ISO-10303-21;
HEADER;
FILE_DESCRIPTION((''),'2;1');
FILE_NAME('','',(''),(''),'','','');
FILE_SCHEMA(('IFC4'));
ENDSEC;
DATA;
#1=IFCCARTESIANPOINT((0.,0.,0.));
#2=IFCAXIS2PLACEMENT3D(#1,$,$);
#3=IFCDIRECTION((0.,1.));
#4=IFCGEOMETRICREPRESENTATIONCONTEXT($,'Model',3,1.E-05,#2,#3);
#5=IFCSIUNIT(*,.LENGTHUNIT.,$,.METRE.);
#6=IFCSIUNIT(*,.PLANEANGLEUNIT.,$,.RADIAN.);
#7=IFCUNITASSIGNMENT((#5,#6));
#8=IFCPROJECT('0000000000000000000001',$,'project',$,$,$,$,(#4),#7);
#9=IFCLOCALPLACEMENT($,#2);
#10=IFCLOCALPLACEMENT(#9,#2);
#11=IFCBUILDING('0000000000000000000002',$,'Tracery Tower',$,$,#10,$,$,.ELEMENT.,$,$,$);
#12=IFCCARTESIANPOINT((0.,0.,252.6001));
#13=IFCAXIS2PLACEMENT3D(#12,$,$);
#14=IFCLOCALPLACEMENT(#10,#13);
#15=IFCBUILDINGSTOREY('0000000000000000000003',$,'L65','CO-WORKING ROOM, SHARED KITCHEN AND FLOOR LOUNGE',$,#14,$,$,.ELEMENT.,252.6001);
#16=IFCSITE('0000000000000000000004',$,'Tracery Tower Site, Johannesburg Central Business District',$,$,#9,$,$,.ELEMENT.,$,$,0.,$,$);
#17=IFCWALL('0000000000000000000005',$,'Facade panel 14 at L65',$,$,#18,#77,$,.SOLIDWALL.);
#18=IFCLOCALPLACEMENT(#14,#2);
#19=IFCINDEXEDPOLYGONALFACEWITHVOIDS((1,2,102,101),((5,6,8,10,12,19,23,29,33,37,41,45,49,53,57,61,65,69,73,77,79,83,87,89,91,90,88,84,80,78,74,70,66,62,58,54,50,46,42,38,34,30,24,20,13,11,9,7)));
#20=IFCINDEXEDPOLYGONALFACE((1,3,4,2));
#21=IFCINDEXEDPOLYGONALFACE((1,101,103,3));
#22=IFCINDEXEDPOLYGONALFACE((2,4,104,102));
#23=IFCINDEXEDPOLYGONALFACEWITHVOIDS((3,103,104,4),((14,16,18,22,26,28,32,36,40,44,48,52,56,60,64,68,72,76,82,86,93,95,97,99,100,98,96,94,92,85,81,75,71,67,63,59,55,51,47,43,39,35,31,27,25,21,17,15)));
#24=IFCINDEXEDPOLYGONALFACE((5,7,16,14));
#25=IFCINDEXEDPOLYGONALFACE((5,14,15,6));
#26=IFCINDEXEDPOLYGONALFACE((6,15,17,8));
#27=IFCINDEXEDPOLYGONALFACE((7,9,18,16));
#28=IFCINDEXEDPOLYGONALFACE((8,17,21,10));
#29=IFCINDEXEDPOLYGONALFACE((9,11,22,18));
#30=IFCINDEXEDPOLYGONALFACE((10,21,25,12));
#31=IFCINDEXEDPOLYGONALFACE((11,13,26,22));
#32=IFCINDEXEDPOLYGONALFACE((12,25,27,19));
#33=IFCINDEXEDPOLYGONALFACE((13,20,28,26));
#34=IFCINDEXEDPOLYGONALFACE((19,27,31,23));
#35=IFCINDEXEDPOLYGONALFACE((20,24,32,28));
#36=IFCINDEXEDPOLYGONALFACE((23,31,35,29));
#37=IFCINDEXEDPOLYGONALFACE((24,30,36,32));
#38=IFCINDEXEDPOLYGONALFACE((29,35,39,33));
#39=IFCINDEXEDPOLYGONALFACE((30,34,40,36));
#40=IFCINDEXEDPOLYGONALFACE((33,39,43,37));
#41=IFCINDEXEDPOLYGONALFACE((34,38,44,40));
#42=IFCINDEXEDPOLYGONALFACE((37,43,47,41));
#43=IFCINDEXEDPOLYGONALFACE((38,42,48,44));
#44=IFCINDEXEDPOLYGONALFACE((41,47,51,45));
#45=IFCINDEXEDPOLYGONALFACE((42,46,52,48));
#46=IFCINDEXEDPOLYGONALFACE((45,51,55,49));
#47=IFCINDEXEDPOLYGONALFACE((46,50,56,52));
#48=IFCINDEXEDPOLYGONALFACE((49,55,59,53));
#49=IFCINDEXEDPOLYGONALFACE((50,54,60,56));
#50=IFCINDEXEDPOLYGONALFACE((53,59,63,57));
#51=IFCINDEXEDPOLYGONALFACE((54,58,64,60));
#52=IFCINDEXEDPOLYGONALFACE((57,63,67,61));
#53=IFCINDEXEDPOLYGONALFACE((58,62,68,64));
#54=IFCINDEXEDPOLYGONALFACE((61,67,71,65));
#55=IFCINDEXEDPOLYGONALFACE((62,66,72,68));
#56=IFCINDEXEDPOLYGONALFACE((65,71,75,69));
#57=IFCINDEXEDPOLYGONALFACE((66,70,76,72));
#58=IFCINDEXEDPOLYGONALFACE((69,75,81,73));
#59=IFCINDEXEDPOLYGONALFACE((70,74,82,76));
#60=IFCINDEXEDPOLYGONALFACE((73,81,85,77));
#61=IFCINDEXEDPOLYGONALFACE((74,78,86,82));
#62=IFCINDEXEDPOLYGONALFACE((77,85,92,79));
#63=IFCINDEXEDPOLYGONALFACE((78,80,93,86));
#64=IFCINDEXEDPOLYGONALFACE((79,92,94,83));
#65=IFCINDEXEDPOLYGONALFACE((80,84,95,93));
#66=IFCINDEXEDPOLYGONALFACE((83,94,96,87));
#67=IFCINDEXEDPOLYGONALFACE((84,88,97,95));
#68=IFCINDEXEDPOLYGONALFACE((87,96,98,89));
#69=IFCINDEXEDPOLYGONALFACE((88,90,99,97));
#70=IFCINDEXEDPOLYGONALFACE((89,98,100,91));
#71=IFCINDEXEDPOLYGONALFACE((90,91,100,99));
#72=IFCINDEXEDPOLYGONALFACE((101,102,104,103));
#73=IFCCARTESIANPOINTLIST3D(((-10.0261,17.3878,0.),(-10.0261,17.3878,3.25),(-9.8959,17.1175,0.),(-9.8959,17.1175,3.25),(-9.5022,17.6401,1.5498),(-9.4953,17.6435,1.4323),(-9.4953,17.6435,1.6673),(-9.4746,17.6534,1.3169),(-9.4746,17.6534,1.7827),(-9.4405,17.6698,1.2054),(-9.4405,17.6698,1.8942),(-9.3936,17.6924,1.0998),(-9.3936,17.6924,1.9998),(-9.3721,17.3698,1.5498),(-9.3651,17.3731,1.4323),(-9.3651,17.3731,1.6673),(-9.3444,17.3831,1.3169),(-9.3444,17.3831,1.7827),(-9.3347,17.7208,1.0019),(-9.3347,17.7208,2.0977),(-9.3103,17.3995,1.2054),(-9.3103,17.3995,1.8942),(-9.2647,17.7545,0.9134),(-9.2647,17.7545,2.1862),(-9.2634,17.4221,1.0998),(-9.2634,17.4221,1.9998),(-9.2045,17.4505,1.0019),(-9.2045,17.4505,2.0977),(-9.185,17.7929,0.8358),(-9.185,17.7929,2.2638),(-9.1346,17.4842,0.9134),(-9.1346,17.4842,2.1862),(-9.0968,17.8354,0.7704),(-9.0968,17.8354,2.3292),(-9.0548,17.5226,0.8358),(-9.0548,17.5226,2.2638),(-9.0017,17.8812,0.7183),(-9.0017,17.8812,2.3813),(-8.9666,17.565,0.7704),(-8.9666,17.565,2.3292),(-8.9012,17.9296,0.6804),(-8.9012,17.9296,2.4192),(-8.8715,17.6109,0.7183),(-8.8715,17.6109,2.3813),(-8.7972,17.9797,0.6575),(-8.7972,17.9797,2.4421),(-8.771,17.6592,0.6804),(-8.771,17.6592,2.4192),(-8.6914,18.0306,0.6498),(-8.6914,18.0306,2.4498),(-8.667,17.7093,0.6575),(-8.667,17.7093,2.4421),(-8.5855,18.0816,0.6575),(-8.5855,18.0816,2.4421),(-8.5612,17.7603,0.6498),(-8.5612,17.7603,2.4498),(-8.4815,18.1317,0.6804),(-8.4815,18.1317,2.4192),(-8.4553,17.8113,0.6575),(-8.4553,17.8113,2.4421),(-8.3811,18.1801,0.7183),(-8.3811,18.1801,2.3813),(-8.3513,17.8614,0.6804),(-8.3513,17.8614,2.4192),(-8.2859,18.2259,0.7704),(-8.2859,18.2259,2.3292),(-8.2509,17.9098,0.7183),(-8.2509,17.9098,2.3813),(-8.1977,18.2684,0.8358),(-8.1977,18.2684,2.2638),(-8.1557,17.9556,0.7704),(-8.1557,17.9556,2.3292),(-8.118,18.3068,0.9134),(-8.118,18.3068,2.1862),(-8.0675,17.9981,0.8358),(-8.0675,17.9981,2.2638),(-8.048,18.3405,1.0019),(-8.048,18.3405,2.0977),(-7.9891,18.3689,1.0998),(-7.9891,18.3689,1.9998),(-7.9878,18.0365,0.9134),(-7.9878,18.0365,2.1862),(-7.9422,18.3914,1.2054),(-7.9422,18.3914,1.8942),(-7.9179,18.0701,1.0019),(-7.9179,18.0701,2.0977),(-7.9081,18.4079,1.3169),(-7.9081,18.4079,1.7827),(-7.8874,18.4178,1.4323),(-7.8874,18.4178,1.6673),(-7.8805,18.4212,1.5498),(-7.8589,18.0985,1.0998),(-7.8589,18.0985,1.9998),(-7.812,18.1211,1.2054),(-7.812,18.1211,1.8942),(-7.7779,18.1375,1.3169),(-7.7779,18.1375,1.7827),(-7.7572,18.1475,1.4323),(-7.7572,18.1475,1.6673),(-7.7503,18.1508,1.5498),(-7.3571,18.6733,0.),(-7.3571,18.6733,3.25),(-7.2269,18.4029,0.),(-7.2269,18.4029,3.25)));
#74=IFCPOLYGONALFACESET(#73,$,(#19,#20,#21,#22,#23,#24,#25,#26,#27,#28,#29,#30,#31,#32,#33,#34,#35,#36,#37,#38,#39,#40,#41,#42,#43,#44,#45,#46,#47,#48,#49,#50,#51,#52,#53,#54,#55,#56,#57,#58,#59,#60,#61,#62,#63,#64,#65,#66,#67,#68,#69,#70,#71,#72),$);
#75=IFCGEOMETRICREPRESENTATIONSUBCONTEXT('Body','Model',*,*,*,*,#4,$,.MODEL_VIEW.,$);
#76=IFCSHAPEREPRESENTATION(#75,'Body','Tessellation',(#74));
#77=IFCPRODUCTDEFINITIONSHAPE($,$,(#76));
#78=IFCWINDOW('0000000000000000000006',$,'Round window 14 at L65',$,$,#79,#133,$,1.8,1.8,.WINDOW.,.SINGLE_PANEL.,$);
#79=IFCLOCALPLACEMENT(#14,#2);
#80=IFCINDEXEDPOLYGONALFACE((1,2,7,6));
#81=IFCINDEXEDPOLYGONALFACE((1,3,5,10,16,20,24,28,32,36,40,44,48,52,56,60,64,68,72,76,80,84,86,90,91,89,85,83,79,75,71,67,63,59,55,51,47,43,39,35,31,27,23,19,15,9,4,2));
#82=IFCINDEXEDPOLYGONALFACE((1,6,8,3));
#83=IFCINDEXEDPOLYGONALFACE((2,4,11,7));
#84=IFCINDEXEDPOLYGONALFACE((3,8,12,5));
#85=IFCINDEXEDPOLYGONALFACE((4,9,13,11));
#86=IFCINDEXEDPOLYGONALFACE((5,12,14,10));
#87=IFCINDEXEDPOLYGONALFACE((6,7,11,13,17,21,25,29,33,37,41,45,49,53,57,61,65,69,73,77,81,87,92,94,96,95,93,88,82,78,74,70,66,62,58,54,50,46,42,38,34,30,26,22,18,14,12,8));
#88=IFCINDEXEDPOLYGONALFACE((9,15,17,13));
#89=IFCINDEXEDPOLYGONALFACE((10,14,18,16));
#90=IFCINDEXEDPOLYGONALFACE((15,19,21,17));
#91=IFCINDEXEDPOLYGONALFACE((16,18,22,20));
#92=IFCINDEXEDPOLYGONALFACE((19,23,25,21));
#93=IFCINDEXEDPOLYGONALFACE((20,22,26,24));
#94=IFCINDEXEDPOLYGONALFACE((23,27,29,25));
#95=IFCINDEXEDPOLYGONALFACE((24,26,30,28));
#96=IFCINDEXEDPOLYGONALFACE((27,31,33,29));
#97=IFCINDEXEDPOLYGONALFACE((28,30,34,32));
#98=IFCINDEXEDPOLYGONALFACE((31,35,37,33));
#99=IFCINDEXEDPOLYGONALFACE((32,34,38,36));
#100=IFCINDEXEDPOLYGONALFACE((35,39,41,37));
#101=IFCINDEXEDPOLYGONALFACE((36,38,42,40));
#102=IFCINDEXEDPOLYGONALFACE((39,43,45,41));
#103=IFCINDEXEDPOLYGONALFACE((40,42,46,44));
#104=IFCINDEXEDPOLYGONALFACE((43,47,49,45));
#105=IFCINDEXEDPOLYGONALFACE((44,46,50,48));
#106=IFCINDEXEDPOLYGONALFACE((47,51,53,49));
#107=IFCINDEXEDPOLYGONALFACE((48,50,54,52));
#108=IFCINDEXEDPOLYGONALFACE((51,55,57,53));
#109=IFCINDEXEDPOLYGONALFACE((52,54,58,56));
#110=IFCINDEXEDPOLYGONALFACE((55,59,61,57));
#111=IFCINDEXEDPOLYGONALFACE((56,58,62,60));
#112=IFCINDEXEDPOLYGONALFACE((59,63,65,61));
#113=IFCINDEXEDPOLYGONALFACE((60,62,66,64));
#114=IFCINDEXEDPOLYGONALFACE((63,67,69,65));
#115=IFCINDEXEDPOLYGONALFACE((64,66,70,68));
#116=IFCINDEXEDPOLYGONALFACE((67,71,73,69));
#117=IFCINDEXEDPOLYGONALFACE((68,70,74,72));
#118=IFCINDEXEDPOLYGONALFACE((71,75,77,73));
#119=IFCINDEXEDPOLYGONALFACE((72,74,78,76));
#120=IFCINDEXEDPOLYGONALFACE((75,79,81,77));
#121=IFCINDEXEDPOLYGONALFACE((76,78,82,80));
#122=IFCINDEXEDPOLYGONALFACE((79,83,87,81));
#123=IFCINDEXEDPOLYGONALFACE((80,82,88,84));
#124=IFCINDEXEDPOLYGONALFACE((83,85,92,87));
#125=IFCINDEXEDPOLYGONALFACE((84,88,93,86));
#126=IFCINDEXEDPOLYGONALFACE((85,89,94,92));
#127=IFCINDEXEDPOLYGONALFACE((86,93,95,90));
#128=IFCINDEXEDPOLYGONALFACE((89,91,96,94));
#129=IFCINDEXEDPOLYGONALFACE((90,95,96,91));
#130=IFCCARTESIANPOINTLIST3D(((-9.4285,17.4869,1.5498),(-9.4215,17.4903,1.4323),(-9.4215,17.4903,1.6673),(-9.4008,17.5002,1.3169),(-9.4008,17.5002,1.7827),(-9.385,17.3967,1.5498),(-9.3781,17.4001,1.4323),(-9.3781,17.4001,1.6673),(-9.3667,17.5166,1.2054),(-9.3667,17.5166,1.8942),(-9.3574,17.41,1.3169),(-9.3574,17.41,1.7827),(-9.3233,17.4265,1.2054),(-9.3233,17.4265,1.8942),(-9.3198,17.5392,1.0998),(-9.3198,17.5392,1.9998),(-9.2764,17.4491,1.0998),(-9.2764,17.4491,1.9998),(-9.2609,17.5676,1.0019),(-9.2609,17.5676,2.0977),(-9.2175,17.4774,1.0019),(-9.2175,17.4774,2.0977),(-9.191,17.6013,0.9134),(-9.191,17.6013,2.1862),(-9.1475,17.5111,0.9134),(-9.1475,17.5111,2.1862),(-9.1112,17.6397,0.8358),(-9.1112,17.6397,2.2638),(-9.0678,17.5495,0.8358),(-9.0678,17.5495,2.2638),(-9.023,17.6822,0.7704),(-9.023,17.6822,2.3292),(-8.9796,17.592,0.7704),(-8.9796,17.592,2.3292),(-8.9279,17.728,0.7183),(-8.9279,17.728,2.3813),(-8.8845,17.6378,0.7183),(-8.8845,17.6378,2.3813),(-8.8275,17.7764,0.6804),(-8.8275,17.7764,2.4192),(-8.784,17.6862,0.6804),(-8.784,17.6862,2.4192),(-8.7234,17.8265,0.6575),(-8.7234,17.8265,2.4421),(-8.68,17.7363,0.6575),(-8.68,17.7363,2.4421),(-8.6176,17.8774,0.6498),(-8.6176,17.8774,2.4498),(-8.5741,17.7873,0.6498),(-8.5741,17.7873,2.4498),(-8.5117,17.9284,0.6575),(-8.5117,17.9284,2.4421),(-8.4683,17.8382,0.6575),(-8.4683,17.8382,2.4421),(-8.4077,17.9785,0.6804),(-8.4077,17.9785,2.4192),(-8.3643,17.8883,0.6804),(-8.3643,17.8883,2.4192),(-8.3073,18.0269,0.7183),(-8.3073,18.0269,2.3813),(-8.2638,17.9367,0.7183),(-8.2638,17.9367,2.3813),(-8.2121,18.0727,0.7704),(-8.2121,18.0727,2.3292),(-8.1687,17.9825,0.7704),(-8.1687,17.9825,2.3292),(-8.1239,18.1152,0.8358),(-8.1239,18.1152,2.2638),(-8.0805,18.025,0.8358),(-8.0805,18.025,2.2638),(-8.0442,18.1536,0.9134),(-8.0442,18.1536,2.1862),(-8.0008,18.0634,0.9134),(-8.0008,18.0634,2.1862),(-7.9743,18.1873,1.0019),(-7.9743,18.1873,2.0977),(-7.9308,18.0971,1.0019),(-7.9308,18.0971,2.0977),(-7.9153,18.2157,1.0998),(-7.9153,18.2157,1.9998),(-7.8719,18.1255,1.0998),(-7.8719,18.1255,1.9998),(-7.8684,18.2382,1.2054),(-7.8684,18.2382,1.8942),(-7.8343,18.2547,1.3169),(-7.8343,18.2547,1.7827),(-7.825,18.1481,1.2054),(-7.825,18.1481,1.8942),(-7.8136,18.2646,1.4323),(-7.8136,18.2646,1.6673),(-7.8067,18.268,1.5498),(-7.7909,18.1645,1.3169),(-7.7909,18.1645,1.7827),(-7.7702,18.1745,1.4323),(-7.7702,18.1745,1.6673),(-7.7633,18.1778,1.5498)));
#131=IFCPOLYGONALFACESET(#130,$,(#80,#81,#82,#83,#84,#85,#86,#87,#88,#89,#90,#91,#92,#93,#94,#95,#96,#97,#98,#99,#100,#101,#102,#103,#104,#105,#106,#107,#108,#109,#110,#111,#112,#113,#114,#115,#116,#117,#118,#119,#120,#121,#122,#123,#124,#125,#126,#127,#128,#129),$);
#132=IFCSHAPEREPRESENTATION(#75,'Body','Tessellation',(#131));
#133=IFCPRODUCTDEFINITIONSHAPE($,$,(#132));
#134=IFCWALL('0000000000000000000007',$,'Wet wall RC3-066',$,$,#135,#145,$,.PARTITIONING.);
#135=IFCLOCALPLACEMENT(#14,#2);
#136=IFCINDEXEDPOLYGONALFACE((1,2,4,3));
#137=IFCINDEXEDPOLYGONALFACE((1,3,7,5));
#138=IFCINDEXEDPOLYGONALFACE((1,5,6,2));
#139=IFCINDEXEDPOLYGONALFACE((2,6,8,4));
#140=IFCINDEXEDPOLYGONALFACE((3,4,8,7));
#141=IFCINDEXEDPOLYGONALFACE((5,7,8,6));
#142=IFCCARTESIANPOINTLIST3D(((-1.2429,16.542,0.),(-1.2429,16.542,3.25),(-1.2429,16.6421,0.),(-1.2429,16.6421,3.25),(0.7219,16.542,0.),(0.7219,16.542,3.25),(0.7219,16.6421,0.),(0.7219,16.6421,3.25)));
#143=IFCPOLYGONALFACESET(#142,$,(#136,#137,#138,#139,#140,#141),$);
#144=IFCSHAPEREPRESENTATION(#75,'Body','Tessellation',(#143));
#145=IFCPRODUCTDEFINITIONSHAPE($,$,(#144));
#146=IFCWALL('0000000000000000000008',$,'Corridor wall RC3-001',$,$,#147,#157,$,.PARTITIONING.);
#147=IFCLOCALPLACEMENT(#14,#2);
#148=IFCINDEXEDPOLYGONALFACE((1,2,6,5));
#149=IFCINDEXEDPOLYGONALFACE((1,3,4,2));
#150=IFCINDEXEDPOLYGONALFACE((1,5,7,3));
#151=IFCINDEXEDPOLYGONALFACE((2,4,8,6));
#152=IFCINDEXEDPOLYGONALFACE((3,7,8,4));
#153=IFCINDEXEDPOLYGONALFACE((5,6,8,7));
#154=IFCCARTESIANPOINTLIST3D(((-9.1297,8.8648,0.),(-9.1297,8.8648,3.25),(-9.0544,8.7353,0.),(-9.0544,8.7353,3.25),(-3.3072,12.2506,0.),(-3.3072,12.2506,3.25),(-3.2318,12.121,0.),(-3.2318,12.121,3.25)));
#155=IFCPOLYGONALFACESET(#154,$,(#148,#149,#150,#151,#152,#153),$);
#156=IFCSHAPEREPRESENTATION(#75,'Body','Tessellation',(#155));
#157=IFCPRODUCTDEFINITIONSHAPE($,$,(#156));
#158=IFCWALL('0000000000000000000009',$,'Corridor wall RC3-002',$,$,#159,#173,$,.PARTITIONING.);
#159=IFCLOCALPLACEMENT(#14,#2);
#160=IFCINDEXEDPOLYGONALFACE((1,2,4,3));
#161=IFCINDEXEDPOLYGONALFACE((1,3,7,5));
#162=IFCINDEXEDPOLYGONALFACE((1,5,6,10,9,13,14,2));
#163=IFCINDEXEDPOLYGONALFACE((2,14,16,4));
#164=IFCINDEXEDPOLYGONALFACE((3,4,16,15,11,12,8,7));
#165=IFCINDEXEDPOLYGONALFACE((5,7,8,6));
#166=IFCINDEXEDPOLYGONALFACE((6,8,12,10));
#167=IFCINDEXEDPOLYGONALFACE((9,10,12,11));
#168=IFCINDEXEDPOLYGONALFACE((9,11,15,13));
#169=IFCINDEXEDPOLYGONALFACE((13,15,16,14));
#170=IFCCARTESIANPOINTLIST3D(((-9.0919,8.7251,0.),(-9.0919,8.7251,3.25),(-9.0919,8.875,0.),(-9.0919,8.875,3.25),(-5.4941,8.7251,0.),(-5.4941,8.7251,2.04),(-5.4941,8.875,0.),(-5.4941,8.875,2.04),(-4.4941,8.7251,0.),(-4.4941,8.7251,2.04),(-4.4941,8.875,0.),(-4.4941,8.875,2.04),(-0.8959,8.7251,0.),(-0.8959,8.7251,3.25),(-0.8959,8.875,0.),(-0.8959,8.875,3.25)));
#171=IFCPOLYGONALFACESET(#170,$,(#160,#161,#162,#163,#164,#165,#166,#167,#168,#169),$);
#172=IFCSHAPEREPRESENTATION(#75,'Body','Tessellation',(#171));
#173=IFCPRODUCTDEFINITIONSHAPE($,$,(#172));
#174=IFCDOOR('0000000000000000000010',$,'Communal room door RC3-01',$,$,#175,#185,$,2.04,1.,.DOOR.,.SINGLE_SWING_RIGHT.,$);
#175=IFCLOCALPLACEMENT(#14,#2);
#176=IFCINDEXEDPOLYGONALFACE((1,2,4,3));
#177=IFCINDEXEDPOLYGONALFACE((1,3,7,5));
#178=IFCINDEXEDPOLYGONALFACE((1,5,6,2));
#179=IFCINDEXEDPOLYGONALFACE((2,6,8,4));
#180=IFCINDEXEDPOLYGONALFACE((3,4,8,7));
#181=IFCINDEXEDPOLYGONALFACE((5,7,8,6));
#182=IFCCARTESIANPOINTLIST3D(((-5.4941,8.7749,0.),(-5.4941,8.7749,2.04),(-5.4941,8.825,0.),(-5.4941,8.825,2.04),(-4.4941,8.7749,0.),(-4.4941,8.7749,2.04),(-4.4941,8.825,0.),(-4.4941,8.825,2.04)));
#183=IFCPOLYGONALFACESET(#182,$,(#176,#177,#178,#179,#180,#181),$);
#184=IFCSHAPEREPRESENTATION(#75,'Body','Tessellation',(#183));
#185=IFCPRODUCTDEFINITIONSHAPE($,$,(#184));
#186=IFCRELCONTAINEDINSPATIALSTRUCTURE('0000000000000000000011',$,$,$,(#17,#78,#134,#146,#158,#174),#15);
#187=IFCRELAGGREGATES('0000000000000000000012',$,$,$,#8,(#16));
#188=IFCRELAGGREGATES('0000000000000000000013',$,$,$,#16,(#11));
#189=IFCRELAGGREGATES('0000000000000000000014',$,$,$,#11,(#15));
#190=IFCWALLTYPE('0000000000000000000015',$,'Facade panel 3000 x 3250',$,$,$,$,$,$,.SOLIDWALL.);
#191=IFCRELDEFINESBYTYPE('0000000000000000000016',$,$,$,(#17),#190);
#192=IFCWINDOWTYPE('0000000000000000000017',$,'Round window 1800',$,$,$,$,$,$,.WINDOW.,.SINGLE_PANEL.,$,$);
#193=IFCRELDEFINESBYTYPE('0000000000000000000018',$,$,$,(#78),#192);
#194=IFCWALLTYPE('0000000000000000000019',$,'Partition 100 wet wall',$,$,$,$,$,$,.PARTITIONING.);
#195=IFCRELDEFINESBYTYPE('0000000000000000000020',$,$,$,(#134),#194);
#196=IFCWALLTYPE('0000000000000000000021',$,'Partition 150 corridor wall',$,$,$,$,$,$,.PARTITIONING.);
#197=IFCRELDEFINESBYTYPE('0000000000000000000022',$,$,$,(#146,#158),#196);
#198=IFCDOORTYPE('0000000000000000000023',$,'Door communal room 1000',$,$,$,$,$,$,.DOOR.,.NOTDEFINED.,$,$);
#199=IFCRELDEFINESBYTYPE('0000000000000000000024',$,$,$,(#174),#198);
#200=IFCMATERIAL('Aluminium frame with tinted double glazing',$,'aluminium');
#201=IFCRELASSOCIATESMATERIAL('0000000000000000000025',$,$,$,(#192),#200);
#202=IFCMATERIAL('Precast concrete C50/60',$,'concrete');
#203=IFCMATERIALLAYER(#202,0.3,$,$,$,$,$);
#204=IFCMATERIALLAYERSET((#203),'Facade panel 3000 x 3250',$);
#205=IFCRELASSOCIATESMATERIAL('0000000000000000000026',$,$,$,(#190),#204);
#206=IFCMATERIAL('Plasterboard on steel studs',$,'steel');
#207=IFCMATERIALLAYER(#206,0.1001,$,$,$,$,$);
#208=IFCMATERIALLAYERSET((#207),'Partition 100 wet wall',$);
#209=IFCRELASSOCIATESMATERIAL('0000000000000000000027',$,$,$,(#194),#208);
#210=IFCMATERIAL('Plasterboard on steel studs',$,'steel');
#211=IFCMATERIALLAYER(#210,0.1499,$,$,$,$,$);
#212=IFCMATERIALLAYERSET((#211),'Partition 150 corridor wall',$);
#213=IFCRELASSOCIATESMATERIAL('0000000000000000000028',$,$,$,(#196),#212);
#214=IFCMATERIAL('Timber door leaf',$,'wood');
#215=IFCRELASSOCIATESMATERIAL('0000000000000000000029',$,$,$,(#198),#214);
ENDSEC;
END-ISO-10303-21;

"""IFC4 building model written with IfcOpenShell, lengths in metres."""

from ifc_helpers import new_model, si_unit, direction, frame, frame_2d, origin, origin_2d, place, context, subcontext, project, spatial, rectangle, circle, extrude, material, layer, layer_set, type_object, element, fill, save


model = new_model("IFC4")

# Units and contexts
model_context = context("Model", 3, precision=1e-05, world=origin(), true_north=direction((0.0, 1.0)))
body_context = subcontext(model_context, "Body", "Model", "MODEL_VIEW")
ifc_project = project(units=[si_unit("LENGTHUNIT", "METRE"), si_unit("PLANEANGLEUNIT", "RADIAN")], contexts=[model_context])

# Site, building, storey
site_placement = place(None, origin())
site = spatial("IfcSite", under=ifc_project, at=site_placement, Name="Tracery Tower Site, Johannesburg Central Business District", CompositionType="ELEMENT", RefElevation=0.0)
building_placement = place(site_placement, origin())
building = spatial("IfcBuilding", under=site, at=building_placement, Name="Tracery Tower", CompositionType="ELEMENT")
storey_placement = place(building_placement, frame((0.0, 0.0, 252.6001)))
storey = spatial("IfcBuildingStorey", under=building, at=storey_placement, Name="L65", Description="CO-WORKING ROOM, SHARED KITCHEN AND FLOOR LOUNGE", CompositionType="ELEMENT", Elevation=252.6001)

# Wall, opening, window
ifc_material_1 = material(Name="Aluminium frame with tinted double glazing", Category="aluminium")
window_type = type_object("IfcWindowType", Name="Round window 1800", PartitioningType="SINGLE_PANEL", PredefinedType="WINDOW", material=ifc_material_1)
ifc_material_2 = material(Name="Precast concrete C50/60", Category="concrete")
ifc_layer_1 = layer(ifc_material_2, 0.3)
ifc_layer_set_1 = layer_set([ifc_layer_1], Name="Facade panel 3000 x 3250")
wall_type_1 = type_object("IfcWallType", Name="Facade panel 3000 x 3250", PredefinedType="SOLIDWALL", material=ifc_layer_set_1)
wall_1_placement = place(storey_placement, frame((-7.292, 18.5381, 0.0), z_axis=(0.0, 0.0, 1.0), x_axis=(-0.900955, -0.433912, 0.0)))
wall_1 = element("IfcWall", 1, at=wall_1_placement, inside=storey, type_object=wall_type_1, Name="Facade panel 14 at L65", PredefinedType="SOLIDWALL", context=body_context, shape_type="SweptSolid", body=[
    extrude(rectangle(XDim=2.9624, YDim=0.3, at=frame_2d((1.4812, 0.0))), origin(), (0.0, 0.0, 1.0), 3.25),
])
opening_1_placement = place(wall_1_placement, frame((1.481, 0.0, 1.5498)))
opening_1 = element("IfcOpeningElement", 2, at=opening_1_placement, cuts=wall_1, PredefinedType="OPENING", context=body_context, shape_type="SweptSolid", body=[
    extrude(circle(Radius=0.9, at=origin_2d()), frame((0.0, 0.1599, 0.0), z_axis=(0.0, -1.0, 0.0), x_axis=(1.0, 0.0, 0.0)), (0.0, 0.0, 1.0), 0.3201),
])
window_1_placement = place(opening_1_placement, origin())
window_1 = element("IfcWindow", 3, at=window_1_placement, inside=storey, type_object=window_type, Name="Round window 14 at L65", OverallHeight=1.8, OverallWidth=1.8, PartitioningType="SINGLE_PANEL", PredefinedType="WINDOW", context=body_context, shape_type="SweptSolid", body=[
    extrude(circle(Radius=0.9, at=origin_2d()), frame((0.0, 0.1201, 0.0), z_axis=(0.0, -1.0, 0.0), x_axis=(1.0, 0.0, 0.0)), (0.0, 0.0, 1.0), 0.1001),
])
fill(opening_1, window_1)

# Walls
ifc_material_3 = material(Name="Plasterboard on steel studs", Category="steel")
ifc_layer_2 = layer(ifc_material_3, 0.1001)
ifc_layer_set_2 = layer_set([ifc_layer_2], Name="Partition 100 wet wall")
wall_type_2 = type_object("IfcWallType", Name="Partition 100 wet wall", PredefinedType="PARTITIONING", material=ifc_layer_set_2)
wall_2_placement = place(storey_placement, frame((-1.2429, 16.592, 0.0), z_axis=(0.0, 0.0, 1.0), x_axis=(1.0, 0.0, 0.0)))
element("IfcWall", 4, at=wall_2_placement, inside=storey, type_object=wall_type_2, Name="Wet wall RC3-066", PredefinedType="PARTITIONING", context=body_context, shape_type="SweptSolid", body=[
    extrude(rectangle(XDim=1.9648, YDim=0.1001, at=frame_2d((0.9824, 0.0))), origin(), (0.0, 0.0, 1.0), 3.25),
])
ifc_material_4 = material(Name="Plasterboard on steel studs", Category="steel")
ifc_layer_3 = layer(ifc_material_4, 0.1499)
ifc_layer_set_3 = layer_set([ifc_layer_3], Name="Partition 150 corridor wall")
wall_type_3 = type_object("IfcWallType", Name="Partition 150 corridor wall", PredefinedType="PARTITIONING", material=ifc_layer_set_3)
wall_3_placement = place(storey_placement, frame((-9.092, 8.8, 0.0), z_axis=(0.0, 0.0, 1.0), x_axis=(0.864471, 0.502683, 0.0)))
element("IfcWall", 5, at=wall_3_placement, inside=storey, type_object=wall_type_3, Name="Corridor wall RC3-001", PredefinedType="PARTITIONING", context=body_context, shape_type="SweptSolid", body=[
    extrude(rectangle(XDim=6.7354, YDim=0.1499, at=frame_2d((3.3677, 0.0))), origin(), (0.0, 0.0, 1.0), 3.25),
])

# Wall, opening, door
wall_4_placement = place(storey_placement, frame((-9.092, 8.8, 0.0), z_axis=(0.0, 0.0, 1.0), x_axis=(1.0, 0.0, 0.0)))
wall_4 = element("IfcWall", 6, at=wall_4_placement, inside=storey, type_object=wall_type_3, Name="Corridor wall RC3-002", PredefinedType="PARTITIONING", context=body_context, shape_type="SweptSolid", body=[
    extrude(rectangle(XDim=8.196, YDim=0.1499, at=frame_2d((4.0981, 0.0))), origin(), (0.0, 0.0, 1.0), 3.25),
])
opening_2_placement = place(wall_4_placement, frame((3.5979, 0.0, 0.0)))
opening_2 = element("IfcOpeningElement", 7, at=opening_2_placement, cuts=wall_4, PredefinedType="OPENING", context=body_context, shape_type="SweptSolid", body=[
    extrude(rectangle(XDim=1.0, YDim=2.04, at=frame_2d((0.5, 1.02))), frame((0.0, 0.075, 0.0), z_axis=(0.0, -1.0, 0.0), x_axis=(1.0, 0.0, 0.0)), (0.0, 0.0, 1.0), 0.1499),
])
ifc_material_5 = material(Name="Timber door leaf", Category="wood")
door_type_1 = type_object("IfcDoorType", Name="Door communal room 1000", OperationType="NOTDEFINED", PredefinedType="DOOR", material=ifc_material_5)
door_1_placement = place(opening_2_placement, origin())
door_1 = element("IfcDoor", 8, at=door_1_placement, inside=storey, type_object=door_type_1, Name="Communal room door RC3-01", OperationType="SINGLE_SWING_RIGHT", OverallHeight=2.04, OverallWidth=1.0, PredefinedType="DOOR", context=body_context, shape_type="SweptSolid", body=[
    extrude(rectangle(XDim=1.0, YDim=2.04, at=frame_2d((0.5, 1.02))), frame((0.0, 0.0249, 0.0), z_axis=(0.0, -1.0, 0.0), x_axis=(1.0, 0.0, 0.0)), (0.0, 0.0, 1.0), 0.05),
])
fill(opening_2, door_1)

save(model, "model.ifc")
